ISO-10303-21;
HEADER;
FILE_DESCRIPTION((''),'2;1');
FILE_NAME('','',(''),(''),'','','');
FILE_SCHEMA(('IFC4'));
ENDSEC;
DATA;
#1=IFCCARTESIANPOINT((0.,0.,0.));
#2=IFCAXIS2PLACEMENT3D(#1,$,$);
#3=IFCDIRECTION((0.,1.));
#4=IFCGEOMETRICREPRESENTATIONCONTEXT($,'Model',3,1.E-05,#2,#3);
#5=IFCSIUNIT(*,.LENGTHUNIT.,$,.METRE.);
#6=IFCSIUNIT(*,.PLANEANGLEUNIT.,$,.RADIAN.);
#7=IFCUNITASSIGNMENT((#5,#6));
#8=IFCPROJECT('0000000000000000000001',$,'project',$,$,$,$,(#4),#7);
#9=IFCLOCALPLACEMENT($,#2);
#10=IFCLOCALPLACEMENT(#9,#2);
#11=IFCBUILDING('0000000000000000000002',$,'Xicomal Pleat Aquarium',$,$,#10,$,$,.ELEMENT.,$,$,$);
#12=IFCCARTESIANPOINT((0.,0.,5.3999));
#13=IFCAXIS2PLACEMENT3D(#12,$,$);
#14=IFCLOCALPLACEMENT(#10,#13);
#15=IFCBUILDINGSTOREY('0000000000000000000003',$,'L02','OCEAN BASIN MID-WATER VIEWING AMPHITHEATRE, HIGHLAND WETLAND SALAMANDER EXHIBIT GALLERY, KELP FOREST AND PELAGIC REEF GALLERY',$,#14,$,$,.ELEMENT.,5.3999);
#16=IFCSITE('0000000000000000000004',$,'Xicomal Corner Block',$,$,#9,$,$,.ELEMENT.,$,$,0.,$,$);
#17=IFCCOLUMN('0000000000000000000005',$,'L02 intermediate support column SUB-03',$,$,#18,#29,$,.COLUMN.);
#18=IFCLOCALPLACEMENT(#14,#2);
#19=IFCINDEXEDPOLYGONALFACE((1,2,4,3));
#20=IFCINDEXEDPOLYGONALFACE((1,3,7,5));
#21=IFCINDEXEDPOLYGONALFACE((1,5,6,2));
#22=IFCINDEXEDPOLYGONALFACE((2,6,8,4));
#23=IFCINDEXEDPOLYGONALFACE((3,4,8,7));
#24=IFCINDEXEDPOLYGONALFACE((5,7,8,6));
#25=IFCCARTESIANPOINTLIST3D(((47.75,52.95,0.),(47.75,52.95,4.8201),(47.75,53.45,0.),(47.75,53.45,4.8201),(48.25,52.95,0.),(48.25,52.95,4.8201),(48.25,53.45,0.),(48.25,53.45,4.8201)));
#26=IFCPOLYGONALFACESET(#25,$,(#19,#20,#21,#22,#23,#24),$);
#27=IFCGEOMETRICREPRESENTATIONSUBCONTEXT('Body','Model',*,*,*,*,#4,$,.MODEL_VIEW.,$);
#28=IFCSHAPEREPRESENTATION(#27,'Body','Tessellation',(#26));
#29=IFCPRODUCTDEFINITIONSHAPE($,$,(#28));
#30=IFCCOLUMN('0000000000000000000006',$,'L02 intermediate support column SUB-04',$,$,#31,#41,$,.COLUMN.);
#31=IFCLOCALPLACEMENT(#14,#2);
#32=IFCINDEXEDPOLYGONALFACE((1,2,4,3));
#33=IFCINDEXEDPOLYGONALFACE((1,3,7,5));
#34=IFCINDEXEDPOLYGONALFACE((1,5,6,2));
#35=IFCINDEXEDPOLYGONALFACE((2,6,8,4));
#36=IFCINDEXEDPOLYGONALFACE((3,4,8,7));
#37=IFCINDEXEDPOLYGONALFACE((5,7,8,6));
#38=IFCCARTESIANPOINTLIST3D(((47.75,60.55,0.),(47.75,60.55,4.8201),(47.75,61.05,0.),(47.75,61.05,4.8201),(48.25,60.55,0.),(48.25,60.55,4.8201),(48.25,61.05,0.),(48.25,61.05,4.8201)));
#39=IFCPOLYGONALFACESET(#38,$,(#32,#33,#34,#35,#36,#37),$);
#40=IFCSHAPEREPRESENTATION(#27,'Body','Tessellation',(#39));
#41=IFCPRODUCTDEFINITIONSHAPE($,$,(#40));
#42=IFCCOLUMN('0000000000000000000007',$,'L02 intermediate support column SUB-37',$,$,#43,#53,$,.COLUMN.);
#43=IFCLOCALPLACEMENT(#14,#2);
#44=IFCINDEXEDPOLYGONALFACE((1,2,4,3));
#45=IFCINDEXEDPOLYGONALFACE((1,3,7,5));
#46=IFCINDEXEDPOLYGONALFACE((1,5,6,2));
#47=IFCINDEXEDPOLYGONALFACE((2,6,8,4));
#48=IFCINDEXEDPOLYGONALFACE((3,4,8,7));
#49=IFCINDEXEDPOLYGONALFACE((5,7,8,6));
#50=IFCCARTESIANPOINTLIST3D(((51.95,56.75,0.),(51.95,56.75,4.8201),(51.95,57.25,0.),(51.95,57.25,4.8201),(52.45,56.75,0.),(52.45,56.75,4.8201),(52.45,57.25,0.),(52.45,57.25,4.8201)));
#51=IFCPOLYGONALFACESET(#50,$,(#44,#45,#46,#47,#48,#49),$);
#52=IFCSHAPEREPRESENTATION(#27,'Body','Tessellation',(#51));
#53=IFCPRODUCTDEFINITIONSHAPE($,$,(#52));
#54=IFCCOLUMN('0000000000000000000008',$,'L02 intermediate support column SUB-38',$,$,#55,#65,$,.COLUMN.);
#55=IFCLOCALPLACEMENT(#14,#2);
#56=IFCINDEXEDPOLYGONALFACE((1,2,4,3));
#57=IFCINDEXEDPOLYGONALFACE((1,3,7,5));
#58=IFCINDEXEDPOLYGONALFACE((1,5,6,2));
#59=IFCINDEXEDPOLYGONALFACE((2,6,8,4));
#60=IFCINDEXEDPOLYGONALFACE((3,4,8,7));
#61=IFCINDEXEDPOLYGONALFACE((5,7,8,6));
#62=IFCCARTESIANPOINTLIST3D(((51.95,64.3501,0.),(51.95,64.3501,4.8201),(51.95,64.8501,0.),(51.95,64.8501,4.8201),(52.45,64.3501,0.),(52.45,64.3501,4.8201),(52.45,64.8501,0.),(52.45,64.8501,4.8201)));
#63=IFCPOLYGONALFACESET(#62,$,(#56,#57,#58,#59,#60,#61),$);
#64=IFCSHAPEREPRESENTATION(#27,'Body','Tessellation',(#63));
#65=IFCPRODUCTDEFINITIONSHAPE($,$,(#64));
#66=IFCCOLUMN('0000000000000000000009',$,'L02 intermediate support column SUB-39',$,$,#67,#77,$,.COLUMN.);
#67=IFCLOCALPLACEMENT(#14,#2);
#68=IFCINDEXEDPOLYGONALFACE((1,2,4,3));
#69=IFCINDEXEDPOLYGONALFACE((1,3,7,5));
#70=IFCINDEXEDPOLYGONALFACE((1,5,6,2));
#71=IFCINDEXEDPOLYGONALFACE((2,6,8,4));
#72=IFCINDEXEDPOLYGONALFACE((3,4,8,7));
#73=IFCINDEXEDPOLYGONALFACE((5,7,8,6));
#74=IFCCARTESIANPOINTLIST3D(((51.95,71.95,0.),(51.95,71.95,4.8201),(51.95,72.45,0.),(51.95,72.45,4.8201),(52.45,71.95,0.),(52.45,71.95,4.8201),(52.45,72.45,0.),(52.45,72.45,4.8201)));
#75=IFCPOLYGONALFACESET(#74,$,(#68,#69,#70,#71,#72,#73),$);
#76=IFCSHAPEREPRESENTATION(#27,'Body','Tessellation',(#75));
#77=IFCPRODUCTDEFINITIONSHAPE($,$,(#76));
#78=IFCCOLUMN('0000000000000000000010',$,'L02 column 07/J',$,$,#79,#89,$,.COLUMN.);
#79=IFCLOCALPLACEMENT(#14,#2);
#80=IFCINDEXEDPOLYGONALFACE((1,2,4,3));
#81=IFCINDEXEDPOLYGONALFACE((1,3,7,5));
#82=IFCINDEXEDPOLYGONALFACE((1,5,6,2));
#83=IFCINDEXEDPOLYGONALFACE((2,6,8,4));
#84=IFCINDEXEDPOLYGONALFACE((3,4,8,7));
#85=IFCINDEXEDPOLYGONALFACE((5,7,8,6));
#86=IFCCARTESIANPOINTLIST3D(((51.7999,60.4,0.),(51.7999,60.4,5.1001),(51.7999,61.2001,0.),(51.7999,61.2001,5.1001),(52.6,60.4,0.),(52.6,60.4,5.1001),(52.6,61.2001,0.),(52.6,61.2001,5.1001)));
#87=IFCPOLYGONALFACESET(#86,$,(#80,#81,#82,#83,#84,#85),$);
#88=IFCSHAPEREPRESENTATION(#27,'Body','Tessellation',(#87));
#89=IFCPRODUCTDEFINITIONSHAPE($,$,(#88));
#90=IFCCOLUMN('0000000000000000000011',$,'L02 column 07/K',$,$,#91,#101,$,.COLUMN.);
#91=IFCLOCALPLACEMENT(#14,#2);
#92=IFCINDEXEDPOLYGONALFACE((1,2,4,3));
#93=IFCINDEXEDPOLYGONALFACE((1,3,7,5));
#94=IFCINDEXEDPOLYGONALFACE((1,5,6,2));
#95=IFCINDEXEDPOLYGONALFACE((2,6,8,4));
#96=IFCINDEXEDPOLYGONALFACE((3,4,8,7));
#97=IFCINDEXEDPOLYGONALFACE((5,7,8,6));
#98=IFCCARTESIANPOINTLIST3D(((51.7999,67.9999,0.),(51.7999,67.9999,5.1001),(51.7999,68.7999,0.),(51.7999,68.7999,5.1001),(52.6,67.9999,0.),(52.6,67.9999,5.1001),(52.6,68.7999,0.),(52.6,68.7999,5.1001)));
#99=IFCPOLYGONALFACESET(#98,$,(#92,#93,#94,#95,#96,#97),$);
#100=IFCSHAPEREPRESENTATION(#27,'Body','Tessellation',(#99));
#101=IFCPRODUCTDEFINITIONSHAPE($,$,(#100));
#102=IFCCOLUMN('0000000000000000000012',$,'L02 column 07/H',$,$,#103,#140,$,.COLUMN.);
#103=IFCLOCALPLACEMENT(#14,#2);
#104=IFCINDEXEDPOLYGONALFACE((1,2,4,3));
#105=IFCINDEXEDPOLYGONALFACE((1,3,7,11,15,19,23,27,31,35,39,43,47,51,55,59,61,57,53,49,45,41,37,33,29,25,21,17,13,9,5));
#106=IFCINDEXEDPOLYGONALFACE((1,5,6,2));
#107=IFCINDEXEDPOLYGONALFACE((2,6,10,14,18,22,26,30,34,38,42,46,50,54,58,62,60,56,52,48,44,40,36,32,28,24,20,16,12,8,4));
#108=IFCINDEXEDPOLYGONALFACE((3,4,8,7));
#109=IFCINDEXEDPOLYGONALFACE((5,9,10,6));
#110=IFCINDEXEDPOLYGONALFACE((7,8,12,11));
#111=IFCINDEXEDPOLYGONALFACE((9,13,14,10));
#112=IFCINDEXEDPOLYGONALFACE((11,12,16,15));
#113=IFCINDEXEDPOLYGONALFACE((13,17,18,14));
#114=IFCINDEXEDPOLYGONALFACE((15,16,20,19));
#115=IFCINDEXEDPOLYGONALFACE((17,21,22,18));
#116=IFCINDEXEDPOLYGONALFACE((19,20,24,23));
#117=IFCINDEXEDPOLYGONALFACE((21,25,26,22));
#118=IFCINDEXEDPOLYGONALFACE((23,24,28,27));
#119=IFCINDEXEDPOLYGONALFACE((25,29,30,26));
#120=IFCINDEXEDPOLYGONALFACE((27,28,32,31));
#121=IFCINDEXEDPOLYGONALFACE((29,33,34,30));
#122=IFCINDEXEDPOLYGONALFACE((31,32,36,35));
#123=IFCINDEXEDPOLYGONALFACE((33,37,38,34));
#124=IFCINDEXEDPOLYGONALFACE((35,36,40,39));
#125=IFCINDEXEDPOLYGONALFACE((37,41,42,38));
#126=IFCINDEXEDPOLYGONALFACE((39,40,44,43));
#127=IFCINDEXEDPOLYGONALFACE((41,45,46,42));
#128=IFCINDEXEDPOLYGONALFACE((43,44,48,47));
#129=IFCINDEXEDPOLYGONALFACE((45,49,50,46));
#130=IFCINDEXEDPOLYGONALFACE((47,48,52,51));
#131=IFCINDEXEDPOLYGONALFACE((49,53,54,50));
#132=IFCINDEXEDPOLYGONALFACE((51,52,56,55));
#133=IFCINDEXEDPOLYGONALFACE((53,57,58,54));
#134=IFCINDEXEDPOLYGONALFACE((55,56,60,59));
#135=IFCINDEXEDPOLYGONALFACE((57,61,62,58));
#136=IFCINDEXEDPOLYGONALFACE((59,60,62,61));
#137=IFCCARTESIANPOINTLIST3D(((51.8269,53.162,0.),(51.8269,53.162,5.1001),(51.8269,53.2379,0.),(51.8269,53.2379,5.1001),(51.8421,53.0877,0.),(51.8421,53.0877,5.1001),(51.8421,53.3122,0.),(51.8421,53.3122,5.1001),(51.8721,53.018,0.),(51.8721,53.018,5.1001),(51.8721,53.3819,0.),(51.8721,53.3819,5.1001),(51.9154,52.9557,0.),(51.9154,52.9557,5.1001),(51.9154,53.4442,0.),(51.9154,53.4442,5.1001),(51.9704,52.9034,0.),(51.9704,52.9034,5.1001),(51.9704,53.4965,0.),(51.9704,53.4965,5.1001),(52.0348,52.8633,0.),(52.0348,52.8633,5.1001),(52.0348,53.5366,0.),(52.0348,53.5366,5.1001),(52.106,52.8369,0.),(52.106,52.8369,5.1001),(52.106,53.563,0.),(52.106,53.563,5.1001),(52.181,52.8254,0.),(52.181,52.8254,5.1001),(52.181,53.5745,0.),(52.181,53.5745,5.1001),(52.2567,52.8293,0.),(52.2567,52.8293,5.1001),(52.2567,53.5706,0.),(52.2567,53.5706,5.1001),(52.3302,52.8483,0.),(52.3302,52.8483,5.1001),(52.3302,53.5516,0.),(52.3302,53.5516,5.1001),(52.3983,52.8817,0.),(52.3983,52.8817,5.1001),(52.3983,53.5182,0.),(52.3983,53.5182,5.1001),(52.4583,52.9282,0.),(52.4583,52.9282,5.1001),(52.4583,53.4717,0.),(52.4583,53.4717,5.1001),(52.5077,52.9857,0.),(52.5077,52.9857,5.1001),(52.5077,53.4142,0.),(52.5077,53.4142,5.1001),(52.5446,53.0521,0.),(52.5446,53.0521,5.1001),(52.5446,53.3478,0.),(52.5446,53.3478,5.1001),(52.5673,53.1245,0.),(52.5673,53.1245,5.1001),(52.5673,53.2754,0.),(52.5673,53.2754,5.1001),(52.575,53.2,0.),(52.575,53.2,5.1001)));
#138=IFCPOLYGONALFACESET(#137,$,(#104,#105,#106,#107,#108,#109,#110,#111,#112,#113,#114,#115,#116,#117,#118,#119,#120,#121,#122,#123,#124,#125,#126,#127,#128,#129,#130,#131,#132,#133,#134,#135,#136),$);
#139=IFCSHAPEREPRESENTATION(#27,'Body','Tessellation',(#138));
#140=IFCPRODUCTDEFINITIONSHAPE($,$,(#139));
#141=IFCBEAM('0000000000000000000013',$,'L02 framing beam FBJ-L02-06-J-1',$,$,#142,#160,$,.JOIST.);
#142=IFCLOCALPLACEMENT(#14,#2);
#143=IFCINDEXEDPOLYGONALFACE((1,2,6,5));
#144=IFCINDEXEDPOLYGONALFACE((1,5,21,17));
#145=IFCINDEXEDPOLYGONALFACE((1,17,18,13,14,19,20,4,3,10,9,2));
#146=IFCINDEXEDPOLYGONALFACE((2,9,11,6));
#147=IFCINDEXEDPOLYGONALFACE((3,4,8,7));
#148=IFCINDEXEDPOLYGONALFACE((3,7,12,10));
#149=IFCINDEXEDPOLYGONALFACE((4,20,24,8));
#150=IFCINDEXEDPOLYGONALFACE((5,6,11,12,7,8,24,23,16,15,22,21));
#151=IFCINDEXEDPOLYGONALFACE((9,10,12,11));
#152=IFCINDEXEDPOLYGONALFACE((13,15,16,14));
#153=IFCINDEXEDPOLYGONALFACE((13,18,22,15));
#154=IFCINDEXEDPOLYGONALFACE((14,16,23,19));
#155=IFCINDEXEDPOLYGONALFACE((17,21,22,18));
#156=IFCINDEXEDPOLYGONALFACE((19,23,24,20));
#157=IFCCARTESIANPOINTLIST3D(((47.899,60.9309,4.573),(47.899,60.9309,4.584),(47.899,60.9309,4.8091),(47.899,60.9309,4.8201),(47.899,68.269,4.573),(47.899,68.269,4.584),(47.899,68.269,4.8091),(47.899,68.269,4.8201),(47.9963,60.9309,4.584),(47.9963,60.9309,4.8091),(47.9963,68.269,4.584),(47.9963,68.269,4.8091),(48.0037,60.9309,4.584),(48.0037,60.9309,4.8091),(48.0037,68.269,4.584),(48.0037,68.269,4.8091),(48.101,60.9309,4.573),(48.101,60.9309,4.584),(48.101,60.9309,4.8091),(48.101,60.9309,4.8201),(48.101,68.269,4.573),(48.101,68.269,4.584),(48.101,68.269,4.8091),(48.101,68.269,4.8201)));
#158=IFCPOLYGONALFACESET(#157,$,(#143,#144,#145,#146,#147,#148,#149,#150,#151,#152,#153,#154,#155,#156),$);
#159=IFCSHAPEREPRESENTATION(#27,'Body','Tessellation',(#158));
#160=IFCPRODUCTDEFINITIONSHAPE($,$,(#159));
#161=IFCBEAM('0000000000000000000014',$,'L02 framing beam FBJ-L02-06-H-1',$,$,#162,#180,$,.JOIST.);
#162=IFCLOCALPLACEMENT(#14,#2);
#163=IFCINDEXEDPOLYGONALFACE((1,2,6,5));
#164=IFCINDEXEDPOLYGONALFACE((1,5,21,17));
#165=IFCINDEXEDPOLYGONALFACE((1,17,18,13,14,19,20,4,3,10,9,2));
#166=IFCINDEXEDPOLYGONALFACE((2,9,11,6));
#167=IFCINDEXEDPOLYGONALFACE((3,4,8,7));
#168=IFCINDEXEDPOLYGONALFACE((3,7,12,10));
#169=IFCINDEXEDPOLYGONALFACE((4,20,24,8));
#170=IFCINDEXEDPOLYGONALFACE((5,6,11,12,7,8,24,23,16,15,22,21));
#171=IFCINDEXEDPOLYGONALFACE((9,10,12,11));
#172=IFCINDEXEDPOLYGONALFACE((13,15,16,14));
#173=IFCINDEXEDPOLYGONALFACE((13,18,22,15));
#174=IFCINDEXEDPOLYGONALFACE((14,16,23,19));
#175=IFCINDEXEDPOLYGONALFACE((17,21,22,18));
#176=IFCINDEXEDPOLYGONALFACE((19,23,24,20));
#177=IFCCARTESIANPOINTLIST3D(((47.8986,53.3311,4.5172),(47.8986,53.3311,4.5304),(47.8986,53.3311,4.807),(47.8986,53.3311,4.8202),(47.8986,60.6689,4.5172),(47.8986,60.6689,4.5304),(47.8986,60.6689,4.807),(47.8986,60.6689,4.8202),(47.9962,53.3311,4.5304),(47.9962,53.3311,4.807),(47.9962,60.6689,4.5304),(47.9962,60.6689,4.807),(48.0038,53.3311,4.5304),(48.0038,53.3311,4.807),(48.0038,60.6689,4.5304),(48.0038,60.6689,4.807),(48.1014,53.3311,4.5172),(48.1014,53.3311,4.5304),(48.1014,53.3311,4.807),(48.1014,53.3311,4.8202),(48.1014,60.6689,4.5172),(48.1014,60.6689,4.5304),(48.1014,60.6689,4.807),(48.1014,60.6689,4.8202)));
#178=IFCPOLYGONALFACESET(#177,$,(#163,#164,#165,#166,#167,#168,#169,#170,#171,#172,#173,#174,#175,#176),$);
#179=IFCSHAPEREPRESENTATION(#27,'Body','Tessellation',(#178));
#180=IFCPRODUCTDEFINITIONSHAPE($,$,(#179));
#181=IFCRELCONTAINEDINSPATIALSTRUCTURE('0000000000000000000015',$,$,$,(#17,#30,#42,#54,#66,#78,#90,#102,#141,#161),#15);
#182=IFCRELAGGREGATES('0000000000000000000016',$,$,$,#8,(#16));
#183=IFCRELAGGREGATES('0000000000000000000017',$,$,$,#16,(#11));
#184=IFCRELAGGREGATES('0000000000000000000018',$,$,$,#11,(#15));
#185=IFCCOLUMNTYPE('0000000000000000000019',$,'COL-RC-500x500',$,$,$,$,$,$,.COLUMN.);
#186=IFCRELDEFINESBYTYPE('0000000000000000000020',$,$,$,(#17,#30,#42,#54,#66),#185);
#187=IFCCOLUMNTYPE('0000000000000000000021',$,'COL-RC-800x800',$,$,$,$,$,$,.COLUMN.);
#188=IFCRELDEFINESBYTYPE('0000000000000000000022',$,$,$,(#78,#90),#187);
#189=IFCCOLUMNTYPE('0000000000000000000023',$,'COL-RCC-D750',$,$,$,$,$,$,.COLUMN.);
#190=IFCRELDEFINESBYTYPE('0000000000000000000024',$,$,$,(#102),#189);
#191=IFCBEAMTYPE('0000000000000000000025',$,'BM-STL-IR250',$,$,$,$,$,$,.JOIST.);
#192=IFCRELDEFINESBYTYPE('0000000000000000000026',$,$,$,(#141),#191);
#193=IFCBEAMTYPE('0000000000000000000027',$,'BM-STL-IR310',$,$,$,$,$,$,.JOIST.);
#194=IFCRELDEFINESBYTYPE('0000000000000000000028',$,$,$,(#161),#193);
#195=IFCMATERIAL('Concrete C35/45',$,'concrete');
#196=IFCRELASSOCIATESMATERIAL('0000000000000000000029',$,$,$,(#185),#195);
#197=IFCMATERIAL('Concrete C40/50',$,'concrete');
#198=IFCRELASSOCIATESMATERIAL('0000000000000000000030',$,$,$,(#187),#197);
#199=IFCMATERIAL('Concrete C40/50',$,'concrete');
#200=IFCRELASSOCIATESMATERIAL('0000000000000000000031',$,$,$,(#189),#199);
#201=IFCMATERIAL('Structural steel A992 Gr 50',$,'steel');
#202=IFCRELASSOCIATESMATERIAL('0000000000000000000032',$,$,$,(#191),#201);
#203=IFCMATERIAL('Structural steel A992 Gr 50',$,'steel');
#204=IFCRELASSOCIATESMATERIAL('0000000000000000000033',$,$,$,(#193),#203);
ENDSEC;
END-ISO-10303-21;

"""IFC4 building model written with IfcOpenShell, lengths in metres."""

from ifc_helpers import new_model, si_unit, direction, frame, origin, origin_2d, place, context, subcontext, project, spatial, rectangle, circle, i_section, extrude, material, material_profile, profile_set, type_object, element, save


model = new_model("IFC4")

# Units and contexts
model_context = context("Model", 3, precision=1e-05, world=origin(), true_north=direction((0.0, 1.0)))
body_context = subcontext(model_context, "Body", "Model", "MODEL_VIEW")
ifc_project = project(units=[si_unit("LENGTHUNIT", "METRE"), si_unit("PLANEANGLEUNIT", "RADIAN")], contexts=[model_context])

# Site, building, storey
site_placement = place(None, origin())
site = spatial("IfcSite", under=ifc_project, at=site_placement, Name="Xicomal Corner Block", CompositionType="ELEMENT", RefElevation=0.0)
building_placement = place(site_placement, origin())
building = spatial("IfcBuilding", under=site, at=building_placement, Name="Xicomal Pleat Aquarium", CompositionType="ELEMENT")
storey_placement = place(building_placement, frame((0.0, 0.0, 5.3999)))
storey = spatial("IfcBuildingStorey", under=building, at=storey_placement, Name="L02", Description="OCEAN BASIN MID-WATER VIEWING AMPHITHEATRE, HIGHLAND WETLAND SALAMANDER EXHIBIT GALLERY, KELP FOREST AND PELAGIC REEF GALLERY", CompositionType="ELEMENT", Elevation=5.3999)

# Columns
ifc_material_1 = material(Name="Concrete C35/45", Category="concrete")
ifc_material_profile_1 = material_profile(ifc_material_1, rectangle(XDim=0.5, YDim=0.5, at=origin_2d()), Name="RC 500x500")
ifc_profile_set_1 = profile_set([ifc_material_profile_1], Name="Concrete C35/45")
column_type_1 = type_object("IfcColumnType", Name="COL-RC-500x500", PredefinedType="COLUMN", material=ifc_profile_set_1)
for number, where, z_axis, x_axis, name in (
    (1, (48.0, 53.2, 0.0), (0.0, 0.0, 1.0), (1.0, 0.0, 0.0), "L02 intermediate support column SUB-03"),
    (2, (48.0, 60.8, 0.0), (0.0, 0.0, 1.0), (1.0, 0.0, 0.0), "L02 intermediate support column SUB-04"),
    (3, (52.2, 57.0, 0.0), (0.0, 0.0, 1.0), (1.0, 0.0, 0.0), "L02 intermediate support column SUB-37"),
    (4, (52.2, 64.6001, 0.0), (0.0, 0.0, 1.0), (1.0, 0.0, 0.0), "L02 intermediate support column SUB-38"),
    (5, (52.2, 72.2, 0.0), (0.0, 0.0, 1.0), (1.0, 0.0, 0.0), "L02 intermediate support column SUB-39"),
):
    element("IfcColumn", number, at=place(storey_placement, frame(where, z_axis=z_axis, x_axis=x_axis)), inside=storey, type_object=column_type_1, Name=name, PredefinedType="COLUMN", context=body_context, shape_type="SweptSolid", body=[
        extrude(rectangle(XDim=0.5, YDim=0.5, at=origin_2d()), origin(), (0.0, 0.0, 1.0), 4.8201),
    ])
ifc_material_2 = material(Name="Concrete C40/50", Category="concrete")
ifc_material_profile_2 = material_profile(ifc_material_2, rectangle(XDim=0.8, YDim=0.8, at=origin_2d()), Name="RC 800x800")
ifc_profile_set_2 = profile_set([ifc_material_profile_2], Name="Concrete C40/50")
column_type_2 = type_object("IfcColumnType", Name="COL-RC-800x800", PredefinedType="COLUMN", material=ifc_profile_set_2)
for number, where, z_axis, x_axis, name in (
    (6, (52.2, 60.8, 0.0), (0.0, 0.0, 1.0), (1.0, 0.0, 0.0), "L02 column 07/J"),
    (7, (52.2, 68.3999, 0.0), (0.0, 0.0, 1.0), (1.0, 0.0, 0.0), "L02 column 07/K"),
):
    element("IfcColumn", number, at=place(storey_placement, frame(where, z_axis=z_axis, x_axis=x_axis)), inside=storey, type_object=column_type_2, Name=name, PredefinedType="COLUMN", context=body_context, shape_type="SweptSolid", body=[
        extrude(rectangle(XDim=0.8, YDim=0.8, at=origin_2d()), origin(), (0.0, 0.0, 1.0), 5.1001),
    ])
ifc_material_3 = material(Name="Concrete C40/50", Category="concrete")
ifc_material_profile_3 = material_profile(ifc_material_3, circle(Radius=0.375, at=origin_2d()), Name="RCC D750")
ifc_profile_set_3 = profile_set([ifc_material_profile_3], Name="Concrete C40/50")
column_type_3 = type_object("IfcColumnType", Name="COL-RCC-D750", PredefinedType="COLUMN", material=ifc_profile_set_3)
column_placement = place(storey_placement, frame((52.2, 53.2, 0.0), z_axis=(0.0, 0.0, 1.0), x_axis=(1.0, 0.0, 0.0)))
element("IfcColumn", 8, at=column_placement, inside=storey, type_object=column_type_3, Name="L02 column 07/H", PredefinedType="COLUMN", context=body_context, shape_type="SweptSolid", body=[
    extrude(circle(Radius=0.375, at=origin_2d()), origin(), (0.0, 0.0, 1.0), 5.1001),
])

# Beams
ifc_material_4 = material(Name="Structural steel A992 Gr 50", Category="steel")
ifc_material_profile_4 = material_profile(ifc_material_4, i_section(OverallWidth=0.2019, OverallDepth=0.2471, WebThickness=0.0073, FlangeThickness=0.011, at=origin_2d()), Name="IR 250x49")
ifc_profile_set_4 = profile_set([ifc_material_profile_4], Name="Structural steel A992 Gr 50")
beam_type_1 = type_object("IfcBeamType", Name="BM-STL-IR250", PredefinedType="JOIST", material=ifc_profile_set_4)
beam_1_placement = place(storey_placement, frame((48.0, 60.9309, 4.6965), z_axis=(0.0, 1.0, 0.0), x_axis=(-1.0, 0.0, 0.0)))
element("IfcBeam", 9, at=beam_1_placement, inside=storey, type_object=beam_type_1, Name="L02 framing beam FBJ-L02-06-J-1", PredefinedType="JOIST", context=body_context, shape_type="SweptSolid", body=[
    extrude(i_section(OverallWidth=0.2019, OverallDepth=0.2471, WebThickness=0.0073, FlangeThickness=0.011, at=origin_2d()), origin(), (0.0, 0.0, 1.0), 7.3381),
])
ifc_material_5 = material(Name="Structural steel A992 Gr 50", Category="steel")
ifc_material_profile_5 = material_profile(ifc_material_5, i_section(OverallWidth=0.2029, OverallDepth=0.303, WebThickness=0.0076, FlangeThickness=0.0132, at=origin_2d()), Name="IR 310x60")
ifc_profile_set_5 = profile_set([ifc_material_profile_5], Name="Structural steel A992 Gr 50")
beam_type_2 = type_object("IfcBeamType", Name="BM-STL-IR310", PredefinedType="JOIST", material=ifc_profile_set_5)
beam_2_placement = place(storey_placement, frame((48.0, 53.3311, 4.6687), z_axis=(0.0, 1.0, 0.0), x_axis=(-1.0, 0.0, 0.0)))
element("IfcBeam", 10, at=beam_2_placement, inside=storey, type_object=beam_type_2, Name="L02 framing beam FBJ-L02-06-H-1", PredefinedType="JOIST", context=body_context, shape_type="SweptSolid", body=[
    extrude(i_section(OverallWidth=0.2029, OverallDepth=0.303, WebThickness=0.0076, FlangeThickness=0.0132, at=origin_2d()), origin(), (0.0, 0.0, 1.0), 7.3379),
])

save(model, "model.ifc")
